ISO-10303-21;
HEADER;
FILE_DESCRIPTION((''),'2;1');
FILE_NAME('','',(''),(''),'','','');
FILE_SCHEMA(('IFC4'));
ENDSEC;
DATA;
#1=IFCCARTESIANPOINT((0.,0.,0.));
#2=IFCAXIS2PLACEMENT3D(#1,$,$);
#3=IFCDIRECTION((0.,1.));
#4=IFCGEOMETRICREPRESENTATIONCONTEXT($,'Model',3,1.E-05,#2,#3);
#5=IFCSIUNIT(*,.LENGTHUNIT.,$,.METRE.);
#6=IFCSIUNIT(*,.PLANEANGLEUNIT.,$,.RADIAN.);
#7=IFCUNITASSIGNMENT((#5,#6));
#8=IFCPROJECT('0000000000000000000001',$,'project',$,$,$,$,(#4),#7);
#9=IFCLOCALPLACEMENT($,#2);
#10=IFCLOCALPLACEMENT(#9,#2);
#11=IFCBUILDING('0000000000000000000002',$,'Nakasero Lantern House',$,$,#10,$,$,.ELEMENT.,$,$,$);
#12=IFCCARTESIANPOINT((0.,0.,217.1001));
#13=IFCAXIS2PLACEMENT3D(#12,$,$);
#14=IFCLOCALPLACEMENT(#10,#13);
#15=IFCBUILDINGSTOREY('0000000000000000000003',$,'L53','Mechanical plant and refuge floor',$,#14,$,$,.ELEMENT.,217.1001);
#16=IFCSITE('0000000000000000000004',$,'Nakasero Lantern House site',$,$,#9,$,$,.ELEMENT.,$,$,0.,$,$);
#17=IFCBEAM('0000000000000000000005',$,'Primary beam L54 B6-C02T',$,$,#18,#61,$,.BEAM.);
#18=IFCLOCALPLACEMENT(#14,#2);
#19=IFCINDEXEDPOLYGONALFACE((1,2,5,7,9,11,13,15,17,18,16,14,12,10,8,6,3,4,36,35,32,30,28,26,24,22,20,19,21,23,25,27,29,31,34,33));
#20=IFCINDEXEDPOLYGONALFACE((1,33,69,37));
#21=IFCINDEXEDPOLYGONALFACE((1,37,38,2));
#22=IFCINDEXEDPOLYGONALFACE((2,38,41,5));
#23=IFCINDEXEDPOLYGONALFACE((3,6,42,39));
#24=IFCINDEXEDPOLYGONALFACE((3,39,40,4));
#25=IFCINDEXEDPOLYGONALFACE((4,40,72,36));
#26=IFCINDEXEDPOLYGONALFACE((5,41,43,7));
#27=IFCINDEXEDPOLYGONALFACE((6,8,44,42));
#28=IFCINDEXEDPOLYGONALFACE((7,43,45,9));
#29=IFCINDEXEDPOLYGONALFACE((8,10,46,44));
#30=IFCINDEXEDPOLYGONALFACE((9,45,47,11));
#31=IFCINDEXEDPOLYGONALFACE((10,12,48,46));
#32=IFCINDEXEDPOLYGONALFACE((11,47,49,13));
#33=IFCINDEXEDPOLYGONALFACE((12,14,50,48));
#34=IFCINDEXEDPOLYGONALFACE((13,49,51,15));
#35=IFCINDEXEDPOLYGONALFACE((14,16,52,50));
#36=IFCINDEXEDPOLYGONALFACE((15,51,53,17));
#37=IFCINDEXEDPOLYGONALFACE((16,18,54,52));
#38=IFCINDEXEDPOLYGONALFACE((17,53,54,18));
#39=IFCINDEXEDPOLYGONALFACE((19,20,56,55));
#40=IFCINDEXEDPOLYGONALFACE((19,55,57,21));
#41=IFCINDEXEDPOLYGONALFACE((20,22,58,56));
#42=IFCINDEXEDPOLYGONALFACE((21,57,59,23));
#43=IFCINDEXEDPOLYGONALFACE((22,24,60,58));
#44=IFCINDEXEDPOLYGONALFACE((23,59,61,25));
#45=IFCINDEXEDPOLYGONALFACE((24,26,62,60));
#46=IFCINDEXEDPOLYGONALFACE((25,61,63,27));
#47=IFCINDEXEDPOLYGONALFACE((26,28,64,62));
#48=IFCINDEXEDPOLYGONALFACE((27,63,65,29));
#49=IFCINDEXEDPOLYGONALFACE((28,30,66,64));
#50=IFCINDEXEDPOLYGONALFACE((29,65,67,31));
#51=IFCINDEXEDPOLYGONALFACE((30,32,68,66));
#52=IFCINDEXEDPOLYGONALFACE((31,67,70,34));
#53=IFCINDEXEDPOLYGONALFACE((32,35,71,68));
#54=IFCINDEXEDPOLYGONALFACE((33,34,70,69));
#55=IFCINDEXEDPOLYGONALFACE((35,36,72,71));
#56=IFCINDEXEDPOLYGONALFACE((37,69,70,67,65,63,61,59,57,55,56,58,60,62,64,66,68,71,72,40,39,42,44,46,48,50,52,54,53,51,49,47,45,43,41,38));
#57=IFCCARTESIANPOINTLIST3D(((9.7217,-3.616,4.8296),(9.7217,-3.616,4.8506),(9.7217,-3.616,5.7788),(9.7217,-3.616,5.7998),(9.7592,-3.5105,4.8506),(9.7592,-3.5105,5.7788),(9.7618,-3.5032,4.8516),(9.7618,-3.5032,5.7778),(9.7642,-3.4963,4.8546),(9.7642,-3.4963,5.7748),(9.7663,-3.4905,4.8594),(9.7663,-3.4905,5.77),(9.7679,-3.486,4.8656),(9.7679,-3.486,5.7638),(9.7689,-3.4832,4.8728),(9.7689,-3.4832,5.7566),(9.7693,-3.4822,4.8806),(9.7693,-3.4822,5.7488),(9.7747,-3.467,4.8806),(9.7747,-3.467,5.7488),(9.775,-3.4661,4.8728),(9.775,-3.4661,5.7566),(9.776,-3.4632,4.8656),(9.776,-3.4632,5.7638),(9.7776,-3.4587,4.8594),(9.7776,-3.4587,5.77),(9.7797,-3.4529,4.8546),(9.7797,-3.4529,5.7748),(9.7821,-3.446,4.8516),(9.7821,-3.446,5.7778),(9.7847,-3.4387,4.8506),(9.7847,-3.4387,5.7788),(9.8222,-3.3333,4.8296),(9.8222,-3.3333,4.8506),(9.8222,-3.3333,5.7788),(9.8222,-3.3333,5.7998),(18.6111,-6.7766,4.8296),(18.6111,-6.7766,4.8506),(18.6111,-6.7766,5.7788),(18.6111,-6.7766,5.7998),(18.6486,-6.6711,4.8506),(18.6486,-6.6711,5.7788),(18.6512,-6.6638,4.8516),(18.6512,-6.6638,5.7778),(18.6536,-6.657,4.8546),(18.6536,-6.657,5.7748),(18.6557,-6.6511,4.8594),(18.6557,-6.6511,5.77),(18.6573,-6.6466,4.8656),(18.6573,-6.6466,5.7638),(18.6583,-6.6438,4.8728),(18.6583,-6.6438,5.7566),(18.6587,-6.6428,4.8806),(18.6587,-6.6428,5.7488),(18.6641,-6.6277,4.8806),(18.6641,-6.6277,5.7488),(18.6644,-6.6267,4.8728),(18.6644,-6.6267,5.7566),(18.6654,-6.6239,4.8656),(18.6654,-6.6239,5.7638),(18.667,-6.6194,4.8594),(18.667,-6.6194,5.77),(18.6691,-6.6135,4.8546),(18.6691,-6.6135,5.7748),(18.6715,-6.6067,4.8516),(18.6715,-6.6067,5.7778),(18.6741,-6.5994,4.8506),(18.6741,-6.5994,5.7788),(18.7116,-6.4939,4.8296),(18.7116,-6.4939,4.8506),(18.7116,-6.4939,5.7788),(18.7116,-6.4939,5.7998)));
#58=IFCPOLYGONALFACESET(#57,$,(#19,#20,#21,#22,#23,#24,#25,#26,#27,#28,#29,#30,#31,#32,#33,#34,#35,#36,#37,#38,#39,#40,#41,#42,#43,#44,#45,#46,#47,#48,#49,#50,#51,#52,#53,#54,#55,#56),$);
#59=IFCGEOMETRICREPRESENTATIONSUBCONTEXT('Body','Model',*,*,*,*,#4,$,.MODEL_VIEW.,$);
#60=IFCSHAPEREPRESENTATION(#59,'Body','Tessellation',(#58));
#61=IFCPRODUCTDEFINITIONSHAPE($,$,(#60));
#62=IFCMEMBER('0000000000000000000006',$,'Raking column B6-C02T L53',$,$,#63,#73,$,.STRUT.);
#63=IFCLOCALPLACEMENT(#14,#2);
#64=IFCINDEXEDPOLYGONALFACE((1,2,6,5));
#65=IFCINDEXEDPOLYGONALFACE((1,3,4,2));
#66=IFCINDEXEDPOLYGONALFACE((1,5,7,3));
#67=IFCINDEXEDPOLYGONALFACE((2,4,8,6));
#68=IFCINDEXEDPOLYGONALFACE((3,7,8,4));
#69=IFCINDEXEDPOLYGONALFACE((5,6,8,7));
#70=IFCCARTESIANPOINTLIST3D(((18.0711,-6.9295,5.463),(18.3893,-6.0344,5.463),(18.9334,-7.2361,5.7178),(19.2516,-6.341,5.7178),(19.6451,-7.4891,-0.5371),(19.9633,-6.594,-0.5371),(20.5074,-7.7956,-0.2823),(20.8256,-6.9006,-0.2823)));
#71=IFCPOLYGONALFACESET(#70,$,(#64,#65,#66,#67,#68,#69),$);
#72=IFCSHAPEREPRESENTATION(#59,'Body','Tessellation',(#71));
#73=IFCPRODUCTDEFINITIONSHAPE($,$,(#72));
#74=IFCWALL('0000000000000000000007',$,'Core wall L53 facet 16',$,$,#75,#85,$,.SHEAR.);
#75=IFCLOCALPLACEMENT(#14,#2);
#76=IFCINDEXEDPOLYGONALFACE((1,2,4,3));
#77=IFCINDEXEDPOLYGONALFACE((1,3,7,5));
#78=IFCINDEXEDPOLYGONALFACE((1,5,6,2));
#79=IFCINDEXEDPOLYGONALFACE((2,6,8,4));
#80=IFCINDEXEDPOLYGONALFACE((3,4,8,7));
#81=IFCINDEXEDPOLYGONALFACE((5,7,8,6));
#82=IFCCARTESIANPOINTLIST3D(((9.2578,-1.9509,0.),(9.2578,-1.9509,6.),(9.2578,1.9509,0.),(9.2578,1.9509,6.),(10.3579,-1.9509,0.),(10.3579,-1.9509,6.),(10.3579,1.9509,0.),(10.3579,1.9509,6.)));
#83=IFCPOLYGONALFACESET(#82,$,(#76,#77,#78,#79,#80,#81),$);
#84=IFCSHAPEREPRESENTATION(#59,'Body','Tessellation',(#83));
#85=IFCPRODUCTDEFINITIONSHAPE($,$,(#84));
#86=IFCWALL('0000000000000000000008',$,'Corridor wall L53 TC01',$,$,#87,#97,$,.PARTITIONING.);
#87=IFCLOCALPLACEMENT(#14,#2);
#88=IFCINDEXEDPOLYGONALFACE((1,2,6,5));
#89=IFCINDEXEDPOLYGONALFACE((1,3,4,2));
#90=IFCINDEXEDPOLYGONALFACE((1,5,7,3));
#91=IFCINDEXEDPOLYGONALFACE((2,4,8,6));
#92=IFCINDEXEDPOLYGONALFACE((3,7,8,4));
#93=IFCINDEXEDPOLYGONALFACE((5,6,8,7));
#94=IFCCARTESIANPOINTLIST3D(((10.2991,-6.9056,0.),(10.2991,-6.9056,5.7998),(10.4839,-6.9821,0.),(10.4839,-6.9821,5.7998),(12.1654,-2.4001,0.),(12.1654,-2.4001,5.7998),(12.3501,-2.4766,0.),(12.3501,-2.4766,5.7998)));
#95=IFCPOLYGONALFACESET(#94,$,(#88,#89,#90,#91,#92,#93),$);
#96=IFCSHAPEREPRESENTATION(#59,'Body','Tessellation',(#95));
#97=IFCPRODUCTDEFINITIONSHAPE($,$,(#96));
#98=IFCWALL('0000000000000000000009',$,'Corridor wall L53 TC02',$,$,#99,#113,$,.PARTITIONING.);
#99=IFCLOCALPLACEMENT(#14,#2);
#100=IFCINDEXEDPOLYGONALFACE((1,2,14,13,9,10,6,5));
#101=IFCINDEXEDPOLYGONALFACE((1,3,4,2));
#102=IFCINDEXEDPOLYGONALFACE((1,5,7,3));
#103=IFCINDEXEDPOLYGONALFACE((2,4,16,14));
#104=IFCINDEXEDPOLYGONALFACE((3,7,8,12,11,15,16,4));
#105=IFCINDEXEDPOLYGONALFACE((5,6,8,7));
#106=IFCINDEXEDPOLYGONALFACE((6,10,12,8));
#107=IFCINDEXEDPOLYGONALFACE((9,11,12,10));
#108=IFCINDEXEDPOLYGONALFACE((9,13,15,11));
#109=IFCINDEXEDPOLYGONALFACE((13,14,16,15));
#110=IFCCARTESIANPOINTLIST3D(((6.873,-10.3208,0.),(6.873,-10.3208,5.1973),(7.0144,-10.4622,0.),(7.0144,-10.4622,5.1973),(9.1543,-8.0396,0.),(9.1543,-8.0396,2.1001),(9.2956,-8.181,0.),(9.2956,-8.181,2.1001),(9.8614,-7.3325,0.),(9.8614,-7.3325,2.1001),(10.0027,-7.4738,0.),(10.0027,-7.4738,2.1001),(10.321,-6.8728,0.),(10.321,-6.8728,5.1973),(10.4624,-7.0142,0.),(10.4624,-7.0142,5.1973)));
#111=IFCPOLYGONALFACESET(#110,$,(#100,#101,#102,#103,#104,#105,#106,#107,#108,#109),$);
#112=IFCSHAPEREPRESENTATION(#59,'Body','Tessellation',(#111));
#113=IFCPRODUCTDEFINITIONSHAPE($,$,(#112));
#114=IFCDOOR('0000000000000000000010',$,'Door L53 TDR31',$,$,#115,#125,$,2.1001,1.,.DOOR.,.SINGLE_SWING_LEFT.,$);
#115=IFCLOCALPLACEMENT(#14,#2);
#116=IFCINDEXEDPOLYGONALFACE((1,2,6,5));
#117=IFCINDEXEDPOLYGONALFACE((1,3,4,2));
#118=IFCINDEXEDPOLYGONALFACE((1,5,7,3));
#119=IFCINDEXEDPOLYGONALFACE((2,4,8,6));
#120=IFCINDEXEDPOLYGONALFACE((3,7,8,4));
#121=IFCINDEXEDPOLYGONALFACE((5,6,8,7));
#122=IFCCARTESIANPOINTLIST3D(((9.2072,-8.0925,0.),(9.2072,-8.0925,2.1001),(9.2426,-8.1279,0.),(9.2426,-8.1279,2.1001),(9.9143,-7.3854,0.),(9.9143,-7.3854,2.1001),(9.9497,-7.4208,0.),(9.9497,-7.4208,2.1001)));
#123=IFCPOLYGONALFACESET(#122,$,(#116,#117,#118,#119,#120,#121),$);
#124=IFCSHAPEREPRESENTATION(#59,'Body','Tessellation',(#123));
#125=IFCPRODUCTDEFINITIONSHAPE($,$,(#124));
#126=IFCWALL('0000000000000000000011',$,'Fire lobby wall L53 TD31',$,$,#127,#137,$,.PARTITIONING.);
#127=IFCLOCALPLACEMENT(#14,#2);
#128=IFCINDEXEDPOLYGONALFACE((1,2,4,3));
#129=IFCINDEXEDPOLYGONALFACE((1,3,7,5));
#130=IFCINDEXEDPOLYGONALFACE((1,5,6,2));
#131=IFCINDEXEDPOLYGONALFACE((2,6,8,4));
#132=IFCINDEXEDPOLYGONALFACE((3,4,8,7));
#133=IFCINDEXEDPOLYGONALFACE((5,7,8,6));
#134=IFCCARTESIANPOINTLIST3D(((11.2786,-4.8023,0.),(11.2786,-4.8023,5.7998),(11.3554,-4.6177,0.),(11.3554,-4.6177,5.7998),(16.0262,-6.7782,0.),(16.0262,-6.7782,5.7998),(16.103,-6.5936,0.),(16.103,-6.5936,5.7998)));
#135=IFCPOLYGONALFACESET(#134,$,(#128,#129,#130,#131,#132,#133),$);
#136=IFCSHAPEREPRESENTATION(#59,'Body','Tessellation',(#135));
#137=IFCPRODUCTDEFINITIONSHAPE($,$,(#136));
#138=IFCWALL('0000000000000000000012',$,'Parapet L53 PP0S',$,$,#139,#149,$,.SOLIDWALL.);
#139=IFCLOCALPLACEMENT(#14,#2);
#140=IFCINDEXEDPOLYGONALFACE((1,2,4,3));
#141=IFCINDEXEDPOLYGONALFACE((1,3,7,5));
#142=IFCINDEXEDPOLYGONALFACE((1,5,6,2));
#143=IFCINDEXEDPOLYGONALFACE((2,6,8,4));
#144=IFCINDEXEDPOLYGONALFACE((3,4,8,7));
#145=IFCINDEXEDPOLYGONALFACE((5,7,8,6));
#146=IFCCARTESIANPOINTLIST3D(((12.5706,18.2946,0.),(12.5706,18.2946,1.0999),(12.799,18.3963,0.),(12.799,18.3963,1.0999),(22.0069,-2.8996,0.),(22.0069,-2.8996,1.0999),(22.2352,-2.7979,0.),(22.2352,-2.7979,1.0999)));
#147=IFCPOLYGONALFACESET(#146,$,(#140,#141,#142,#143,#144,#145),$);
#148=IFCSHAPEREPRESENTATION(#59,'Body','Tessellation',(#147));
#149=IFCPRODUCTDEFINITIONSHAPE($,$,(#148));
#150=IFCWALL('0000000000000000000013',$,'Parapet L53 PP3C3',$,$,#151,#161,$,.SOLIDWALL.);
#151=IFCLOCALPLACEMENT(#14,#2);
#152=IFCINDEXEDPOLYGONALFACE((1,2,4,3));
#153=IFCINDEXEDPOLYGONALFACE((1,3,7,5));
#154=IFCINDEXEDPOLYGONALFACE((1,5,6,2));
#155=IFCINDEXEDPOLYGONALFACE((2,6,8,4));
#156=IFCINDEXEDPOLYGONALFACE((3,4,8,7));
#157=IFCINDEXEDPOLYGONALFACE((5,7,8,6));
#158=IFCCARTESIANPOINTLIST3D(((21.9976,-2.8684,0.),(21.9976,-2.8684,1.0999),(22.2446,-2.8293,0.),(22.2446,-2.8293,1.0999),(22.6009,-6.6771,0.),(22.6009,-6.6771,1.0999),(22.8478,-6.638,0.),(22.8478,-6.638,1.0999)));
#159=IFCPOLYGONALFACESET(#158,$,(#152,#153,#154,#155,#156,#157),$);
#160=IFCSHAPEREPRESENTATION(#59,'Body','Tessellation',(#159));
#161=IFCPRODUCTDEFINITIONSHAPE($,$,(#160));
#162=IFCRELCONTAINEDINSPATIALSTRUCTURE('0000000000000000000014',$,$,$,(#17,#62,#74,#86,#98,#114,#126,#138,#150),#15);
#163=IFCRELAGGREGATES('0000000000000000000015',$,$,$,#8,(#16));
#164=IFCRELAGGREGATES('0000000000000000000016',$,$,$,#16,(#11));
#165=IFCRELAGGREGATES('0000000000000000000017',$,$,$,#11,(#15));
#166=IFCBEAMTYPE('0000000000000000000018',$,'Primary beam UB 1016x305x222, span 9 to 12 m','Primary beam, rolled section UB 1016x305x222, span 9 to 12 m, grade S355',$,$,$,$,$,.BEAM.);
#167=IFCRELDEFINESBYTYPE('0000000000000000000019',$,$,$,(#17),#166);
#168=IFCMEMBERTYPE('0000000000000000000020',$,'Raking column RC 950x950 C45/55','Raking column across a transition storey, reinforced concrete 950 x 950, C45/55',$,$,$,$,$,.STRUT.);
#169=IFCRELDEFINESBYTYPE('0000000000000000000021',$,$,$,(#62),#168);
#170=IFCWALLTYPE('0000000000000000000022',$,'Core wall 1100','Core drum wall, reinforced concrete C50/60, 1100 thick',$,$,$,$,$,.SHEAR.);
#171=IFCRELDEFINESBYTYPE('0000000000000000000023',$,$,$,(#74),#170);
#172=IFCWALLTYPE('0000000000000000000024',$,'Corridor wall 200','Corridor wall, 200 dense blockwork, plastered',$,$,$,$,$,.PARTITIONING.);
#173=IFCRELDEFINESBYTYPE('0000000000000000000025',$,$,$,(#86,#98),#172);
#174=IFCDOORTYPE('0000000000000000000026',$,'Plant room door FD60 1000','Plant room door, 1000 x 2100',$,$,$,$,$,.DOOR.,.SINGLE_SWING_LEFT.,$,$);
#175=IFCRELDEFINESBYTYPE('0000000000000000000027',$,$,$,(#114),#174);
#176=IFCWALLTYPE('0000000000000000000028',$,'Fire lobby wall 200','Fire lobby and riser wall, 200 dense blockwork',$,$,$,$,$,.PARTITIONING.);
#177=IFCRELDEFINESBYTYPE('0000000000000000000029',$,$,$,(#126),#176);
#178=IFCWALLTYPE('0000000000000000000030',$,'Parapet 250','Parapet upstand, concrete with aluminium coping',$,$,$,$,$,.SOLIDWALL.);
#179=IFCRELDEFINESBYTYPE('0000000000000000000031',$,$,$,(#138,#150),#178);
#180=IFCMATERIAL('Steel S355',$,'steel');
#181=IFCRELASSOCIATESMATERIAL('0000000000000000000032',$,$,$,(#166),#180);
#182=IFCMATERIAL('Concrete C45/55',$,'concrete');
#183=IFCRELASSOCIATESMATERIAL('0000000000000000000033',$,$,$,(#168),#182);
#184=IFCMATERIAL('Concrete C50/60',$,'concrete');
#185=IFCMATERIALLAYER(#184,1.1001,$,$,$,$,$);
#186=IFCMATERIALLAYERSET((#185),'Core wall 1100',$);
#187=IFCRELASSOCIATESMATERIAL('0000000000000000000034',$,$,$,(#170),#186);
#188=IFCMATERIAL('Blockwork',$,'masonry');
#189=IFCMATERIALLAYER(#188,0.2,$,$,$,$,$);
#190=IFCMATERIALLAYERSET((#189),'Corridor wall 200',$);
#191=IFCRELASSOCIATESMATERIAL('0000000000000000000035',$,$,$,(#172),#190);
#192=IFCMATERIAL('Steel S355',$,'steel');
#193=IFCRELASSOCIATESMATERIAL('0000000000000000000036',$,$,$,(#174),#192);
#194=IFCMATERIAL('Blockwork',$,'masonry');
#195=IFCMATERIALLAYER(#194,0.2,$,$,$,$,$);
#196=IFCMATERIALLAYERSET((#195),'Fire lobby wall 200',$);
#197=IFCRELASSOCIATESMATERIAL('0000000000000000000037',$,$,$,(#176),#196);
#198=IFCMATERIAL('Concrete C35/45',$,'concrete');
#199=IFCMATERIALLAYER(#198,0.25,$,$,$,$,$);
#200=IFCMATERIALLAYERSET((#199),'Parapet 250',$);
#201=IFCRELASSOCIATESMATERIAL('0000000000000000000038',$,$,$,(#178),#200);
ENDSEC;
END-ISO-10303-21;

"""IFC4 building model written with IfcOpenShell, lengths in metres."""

from ifc_helpers import new_model, si_unit, direction, frame, frame_2d, origin, origin_2d, place, context, subcontext, project, spatial, rectangle, i_section, extrude, material, layer, layer_set, material_profile, profile_set, type_object, element, fill, save


model = new_model("IFC4")

# Units and contexts
model_context = context("Model", 3, precision=1e-05, world=origin(), true_north=direction((0.0, 1.0)))
body_context = subcontext(model_context, "Body", "Model", "MODEL_VIEW")
ifc_project = project(units=[si_unit("LENGTHUNIT", "METRE"), si_unit("PLANEANGLEUNIT", "RADIAN")], contexts=[model_context])

# Site, building, storey
site_placement = place(None, origin())
site = spatial("IfcSite", under=ifc_project, at=site_placement, Name="Nakasero Lantern House site", CompositionType="ELEMENT", RefElevation=0.0)
building_placement = place(site_placement, origin())
building = spatial("IfcBuilding", under=site, at=building_placement, Name="Nakasero Lantern House", CompositionType="ELEMENT")
storey_placement = place(building_placement, frame((0.0, 0.0, 217.1001)))
storey = spatial("IfcBuildingStorey", under=building, at=storey_placement, Name="L53", Description="Mechanical plant and refuge floor", CompositionType="ELEMENT", Elevation=217.1001)

# Beam
ifc_material_1 = material(Name="Steel S355", Category="steel")
ifc_material_profile_1 = material_profile(ifc_material_1, i_section(OverallWidth=0.3, OverallDepth=0.9702, WebThickness=0.0161, FlangeThickness=0.021, FilletRadius=0.03, at=origin_2d()), Name="UB 1016x305x222")
ifc_profile_set_1 = profile_set([ifc_material_profile_1], Name="Steel S355")
beam_type_1 = type_object("IfcBeamType", Name="Primary beam UB 1016x305x222, span 9 to 12 m", Description="Primary beam, rolled section UB 1016x305x222, span 9 to 12 m, grade S355", PredefinedType="BEAM", material=ifc_profile_set_1)
beam_1_placement = place(storey_placement, frame((18.6614, -6.6353, 5.3147), z_axis=(-0.942216, 0.335007, 0.0), x_axis=(-0.335007, -0.942216, 0.0)))
element("IfcBeam", 1, at=beam_1_placement, inside=storey, type_object=beam_type_1, Name="Primary beam L54 B6-C02T", PredefinedType="BEAM", context=body_context, shape_type="SweptSolid", body=[
    extrude(i_section(OverallWidth=0.3, OverallDepth=0.9702, WebThickness=0.0161, FlangeThickness=0.021, FilletRadius=0.03, at=origin_2d()), origin(), (0.0, 0.0, 1.0), 9.4346),
])

# Member
ifc_material_2 = material(Name="Concrete C45/55", Category="concrete")
ifc_material_profile_2 = material_profile(ifc_material_2, rectangle(XDim=0.95, YDim=0.95, at=origin_2d()), Name="RC 950x950")
ifc_profile_set_2 = profile_set([ifc_material_profile_2], Name="Concrete C45/55")
member_type_1 = type_object("IfcMemberType", Name="Raking column RC 950x950 C45/55", Description="Raking column across a transition storey, reinforced concrete 950 x 950, C45/55", PredefinedType="STRUT", material=ifc_profile_set_2)
member_1_placement = place(storey_placement, frame((20.2354, -7.1948, -0.4097), z_axis=(-0.252717, 0.089845, 0.96336), x_axis=(-0.334975, -0.942227, 0.0)))
element("IfcMember", 2, at=member_1_placement, inside=storey, type_object=member_type_1, Name="Raking column B6-C02T L53", PredefinedType="STRUT", context=body_context, shape_type="SweptSolid", body=[
    extrude(rectangle(XDim=0.95, YDim=0.95, at=origin_2d()), origin(), (0.0, 0.0, 1.0), 6.2283),
])

# Walls
ifc_material_3 = material(Name="Concrete C50/60", Category="concrete")
ifc_layer_1 = layer(ifc_material_3, 1.1001)
ifc_layer_set_1 = layer_set([ifc_layer_1], Name="Core wall 1100")
wall_type_1 = type_object("IfcWallType", Name="Core wall 1100", Description="Core drum wall, reinforced concrete C50/60, 1100 thick", PredefinedType="SHEAR", material=ifc_layer_set_1)
wall_1_placement = place(storey_placement, frame((9.8079, -1.9509, 0.0), z_axis=(0.0, 0.0, 1.0), x_axis=(0.0, 1.0, 0.0)))
element("IfcWall", 3, at=wall_1_placement, inside=storey, type_object=wall_type_1, Name="Core wall L53 facet 16", PredefinedType="SHEAR", context=body_context, shape_type="SweptSolid", body=[
    extrude(rectangle(XDim=3.9019, YDim=1.1001, at=frame_2d((1.9509, 0.0))), origin(), (0.0, 0.0, 1.0), 6.0),
])
ifc_material_4 = material(Name="Blockwork", Category="masonry")
ifc_layer_2 = layer(ifc_material_4, 0.2)
ifc_layer_set_2 = layer_set([ifc_layer_2], Name="Corridor wall 200")
wall_type_2 = type_object("IfcWallType", Name="Corridor wall 200", Description="Corridor wall, 200 dense blockwork, plastered", PredefinedType="PARTITIONING", material=ifc_layer_set_2)
wall_2_placement = place(storey_placement, frame((12.2578, -2.4382, 0.0), z_axis=(0.0, 0.0, 1.0), x_axis=(-0.382688, -0.923878, 0.0)))
element("IfcWall", 4, at=wall_2_placement, inside=storey, type_object=wall_type_2, Name="Corridor wall L53 TC01", PredefinedType="PARTITIONING", context=body_context, shape_type="SweptSolid", body=[
    extrude(rectangle(XDim=4.8767, YDim=0.2, at=frame_2d((2.4385, 0.0))), origin(), (0.0, 0.0, 1.0), 5.7998),
])

# Wall, opening, door
wall_3_placement = place(storey_placement, frame((10.3916, -6.9436, 0.0), z_axis=(0.0, 0.0, 1.0), x_axis=(-0.707107, -0.707107, 0.0)))
wall_3 = element("IfcWall", 5, at=wall_3_placement, inside=storey, type_object=wall_type_2, Name="Corridor wall L53 TC02", PredefinedType="PARTITIONING", context=body_context, shape_type="SweptSolid", body=[
    extrude(rectangle(XDim=4.8762, YDim=0.2, at=frame_2d((2.438, 0.0))), origin(), (0.0, 0.0, 1.0), 5.1973),
])
opening_1_placement = place(wall_3_placement, frame((0.6499, 0.0, 0.0)))
opening_1 = element("IfcOpeningElement", 6, at=opening_1_placement, cuts=wall_3, PredefinedType="OPENING", context=body_context, shape_type="SweptSolid", body=[
    extrude(rectangle(XDim=1.0, YDim=2.1001, at=frame_2d((0.5, 1.05))), frame((0.0, 0.1199, 0.0), z_axis=(0.0, -1.0, 0.0), x_axis=(1.0, 0.0, 0.0)), (0.0, 0.0, 1.0), 0.24),
])
ifc_material_5 = material(Name="Steel S355", Category="steel")
door_type_1 = type_object("IfcDoorType", Name="Plant room door FD60 1000", Description="Plant room door, 1000 x 2100", OperationType="SINGLE_SWING_LEFT", PredefinedType="DOOR", material=ifc_material_5)
door_1_placement = place(opening_1_placement, origin())
door_1 = element("IfcDoor", 7, at=door_1_placement, inside=storey, type_object=door_type_1, Name="Door L53 TDR31", OperationType="SINGLE_SWING_LEFT", OverallHeight=2.1001, OverallWidth=1.0, PredefinedType="DOOR", context=body_context, shape_type="SweptSolid", body=[
    extrude(rectangle(XDim=1.0, YDim=2.1001, at=frame_2d((0.5, 1.05))), frame((0.0, 0.0249, 0.0), z_axis=(0.0, -1.0, 0.0), x_axis=(1.0, 0.0, 0.0)), (0.0, 0.0, 1.0), 0.05),
])
fill(opening_1, door_1)

# Walls
ifc_material_6 = material(Name="Blockwork", Category="masonry")
ifc_layer_3 = layer(ifc_material_6, 0.2)
ifc_layer_set_3 = layer_set([ifc_layer_3], Name="Fire lobby wall 200")
wall_type_3 = type_object("IfcWallType", Name="Fire lobby wall 200", Description="Fire lobby and riser wall, 200 dense blockwork", PredefinedType="PARTITIONING", material=ifc_layer_set_3)
wall_4_placement = place(storey_placement, frame((11.3169, -4.71, 0.0), z_axis=(0.0, 0.0, 1.0), x_axis=(0.923237, -0.384231, 0.0)))
element("IfcWall", 8, at=wall_4_placement, inside=storey, type_object=wall_type_3, Name="Fire lobby wall L53 TD31", PredefinedType="PARTITIONING", context=body_context, shape_type="SweptSolid", body=[
    extrude(rectangle(XDim=5.1423, YDim=0.2, at=frame_2d((2.5713, 0.0))), origin(), (0.0, 0.0, 1.0), 5.7998),
])
ifc_material_7 = material(Name="Concrete C35/45", Category="concrete")
ifc_layer_4 = layer(ifc_material_7, 0.25)
ifc_layer_set_4 = layer_set([ifc_layer_4], Name="Parapet 250")
wall_type_4 = type_object("IfcWallType", Name="Parapet 250", Description="Parapet upstand, concrete with aluminium coping", PredefinedType="SOLIDWALL", material=ifc_layer_set_4)
wall_5_placement = place(storey_placement, frame((22.1211, -2.8489, 0.0), z_axis=(0.0, 0.0, 1.0), x_axis=(-0.406735, 0.913546, 0.0)))
element("IfcWall", 9, at=wall_5_placement, inside=storey, type_object=wall_type_4, Name="Parapet L53 PP0S", PredefinedType="SOLIDWALL", context=body_context, shape_type="SweptSolid", body=[
    extrude(rectangle(XDim=23.2, YDim=0.25, at=frame_2d((11.6001, 0.0))), origin(), (0.0, 0.0, 1.0), 1.0999),
])
wall_6_placement = place(storey_placement, frame((22.7244, -6.6577, 0.0), z_axis=(0.0, 0.0, 1.0), x_axis=(-0.156437, 0.987688, 0.0)))
element("IfcWall", 10, at=wall_6_placement, inside=storey, type_object=wall_type_4, Name="Parapet L53 PP3C3", PredefinedType="SOLIDWALL", context=body_context, shape_type="SweptSolid", body=[
    extrude(rectangle(XDim=3.8562, YDim=0.25, at=frame_2d((1.9282, 0.0))), origin(), (0.0, 0.0, 1.0), 1.0999),
])

save(model, "model.ifc")
